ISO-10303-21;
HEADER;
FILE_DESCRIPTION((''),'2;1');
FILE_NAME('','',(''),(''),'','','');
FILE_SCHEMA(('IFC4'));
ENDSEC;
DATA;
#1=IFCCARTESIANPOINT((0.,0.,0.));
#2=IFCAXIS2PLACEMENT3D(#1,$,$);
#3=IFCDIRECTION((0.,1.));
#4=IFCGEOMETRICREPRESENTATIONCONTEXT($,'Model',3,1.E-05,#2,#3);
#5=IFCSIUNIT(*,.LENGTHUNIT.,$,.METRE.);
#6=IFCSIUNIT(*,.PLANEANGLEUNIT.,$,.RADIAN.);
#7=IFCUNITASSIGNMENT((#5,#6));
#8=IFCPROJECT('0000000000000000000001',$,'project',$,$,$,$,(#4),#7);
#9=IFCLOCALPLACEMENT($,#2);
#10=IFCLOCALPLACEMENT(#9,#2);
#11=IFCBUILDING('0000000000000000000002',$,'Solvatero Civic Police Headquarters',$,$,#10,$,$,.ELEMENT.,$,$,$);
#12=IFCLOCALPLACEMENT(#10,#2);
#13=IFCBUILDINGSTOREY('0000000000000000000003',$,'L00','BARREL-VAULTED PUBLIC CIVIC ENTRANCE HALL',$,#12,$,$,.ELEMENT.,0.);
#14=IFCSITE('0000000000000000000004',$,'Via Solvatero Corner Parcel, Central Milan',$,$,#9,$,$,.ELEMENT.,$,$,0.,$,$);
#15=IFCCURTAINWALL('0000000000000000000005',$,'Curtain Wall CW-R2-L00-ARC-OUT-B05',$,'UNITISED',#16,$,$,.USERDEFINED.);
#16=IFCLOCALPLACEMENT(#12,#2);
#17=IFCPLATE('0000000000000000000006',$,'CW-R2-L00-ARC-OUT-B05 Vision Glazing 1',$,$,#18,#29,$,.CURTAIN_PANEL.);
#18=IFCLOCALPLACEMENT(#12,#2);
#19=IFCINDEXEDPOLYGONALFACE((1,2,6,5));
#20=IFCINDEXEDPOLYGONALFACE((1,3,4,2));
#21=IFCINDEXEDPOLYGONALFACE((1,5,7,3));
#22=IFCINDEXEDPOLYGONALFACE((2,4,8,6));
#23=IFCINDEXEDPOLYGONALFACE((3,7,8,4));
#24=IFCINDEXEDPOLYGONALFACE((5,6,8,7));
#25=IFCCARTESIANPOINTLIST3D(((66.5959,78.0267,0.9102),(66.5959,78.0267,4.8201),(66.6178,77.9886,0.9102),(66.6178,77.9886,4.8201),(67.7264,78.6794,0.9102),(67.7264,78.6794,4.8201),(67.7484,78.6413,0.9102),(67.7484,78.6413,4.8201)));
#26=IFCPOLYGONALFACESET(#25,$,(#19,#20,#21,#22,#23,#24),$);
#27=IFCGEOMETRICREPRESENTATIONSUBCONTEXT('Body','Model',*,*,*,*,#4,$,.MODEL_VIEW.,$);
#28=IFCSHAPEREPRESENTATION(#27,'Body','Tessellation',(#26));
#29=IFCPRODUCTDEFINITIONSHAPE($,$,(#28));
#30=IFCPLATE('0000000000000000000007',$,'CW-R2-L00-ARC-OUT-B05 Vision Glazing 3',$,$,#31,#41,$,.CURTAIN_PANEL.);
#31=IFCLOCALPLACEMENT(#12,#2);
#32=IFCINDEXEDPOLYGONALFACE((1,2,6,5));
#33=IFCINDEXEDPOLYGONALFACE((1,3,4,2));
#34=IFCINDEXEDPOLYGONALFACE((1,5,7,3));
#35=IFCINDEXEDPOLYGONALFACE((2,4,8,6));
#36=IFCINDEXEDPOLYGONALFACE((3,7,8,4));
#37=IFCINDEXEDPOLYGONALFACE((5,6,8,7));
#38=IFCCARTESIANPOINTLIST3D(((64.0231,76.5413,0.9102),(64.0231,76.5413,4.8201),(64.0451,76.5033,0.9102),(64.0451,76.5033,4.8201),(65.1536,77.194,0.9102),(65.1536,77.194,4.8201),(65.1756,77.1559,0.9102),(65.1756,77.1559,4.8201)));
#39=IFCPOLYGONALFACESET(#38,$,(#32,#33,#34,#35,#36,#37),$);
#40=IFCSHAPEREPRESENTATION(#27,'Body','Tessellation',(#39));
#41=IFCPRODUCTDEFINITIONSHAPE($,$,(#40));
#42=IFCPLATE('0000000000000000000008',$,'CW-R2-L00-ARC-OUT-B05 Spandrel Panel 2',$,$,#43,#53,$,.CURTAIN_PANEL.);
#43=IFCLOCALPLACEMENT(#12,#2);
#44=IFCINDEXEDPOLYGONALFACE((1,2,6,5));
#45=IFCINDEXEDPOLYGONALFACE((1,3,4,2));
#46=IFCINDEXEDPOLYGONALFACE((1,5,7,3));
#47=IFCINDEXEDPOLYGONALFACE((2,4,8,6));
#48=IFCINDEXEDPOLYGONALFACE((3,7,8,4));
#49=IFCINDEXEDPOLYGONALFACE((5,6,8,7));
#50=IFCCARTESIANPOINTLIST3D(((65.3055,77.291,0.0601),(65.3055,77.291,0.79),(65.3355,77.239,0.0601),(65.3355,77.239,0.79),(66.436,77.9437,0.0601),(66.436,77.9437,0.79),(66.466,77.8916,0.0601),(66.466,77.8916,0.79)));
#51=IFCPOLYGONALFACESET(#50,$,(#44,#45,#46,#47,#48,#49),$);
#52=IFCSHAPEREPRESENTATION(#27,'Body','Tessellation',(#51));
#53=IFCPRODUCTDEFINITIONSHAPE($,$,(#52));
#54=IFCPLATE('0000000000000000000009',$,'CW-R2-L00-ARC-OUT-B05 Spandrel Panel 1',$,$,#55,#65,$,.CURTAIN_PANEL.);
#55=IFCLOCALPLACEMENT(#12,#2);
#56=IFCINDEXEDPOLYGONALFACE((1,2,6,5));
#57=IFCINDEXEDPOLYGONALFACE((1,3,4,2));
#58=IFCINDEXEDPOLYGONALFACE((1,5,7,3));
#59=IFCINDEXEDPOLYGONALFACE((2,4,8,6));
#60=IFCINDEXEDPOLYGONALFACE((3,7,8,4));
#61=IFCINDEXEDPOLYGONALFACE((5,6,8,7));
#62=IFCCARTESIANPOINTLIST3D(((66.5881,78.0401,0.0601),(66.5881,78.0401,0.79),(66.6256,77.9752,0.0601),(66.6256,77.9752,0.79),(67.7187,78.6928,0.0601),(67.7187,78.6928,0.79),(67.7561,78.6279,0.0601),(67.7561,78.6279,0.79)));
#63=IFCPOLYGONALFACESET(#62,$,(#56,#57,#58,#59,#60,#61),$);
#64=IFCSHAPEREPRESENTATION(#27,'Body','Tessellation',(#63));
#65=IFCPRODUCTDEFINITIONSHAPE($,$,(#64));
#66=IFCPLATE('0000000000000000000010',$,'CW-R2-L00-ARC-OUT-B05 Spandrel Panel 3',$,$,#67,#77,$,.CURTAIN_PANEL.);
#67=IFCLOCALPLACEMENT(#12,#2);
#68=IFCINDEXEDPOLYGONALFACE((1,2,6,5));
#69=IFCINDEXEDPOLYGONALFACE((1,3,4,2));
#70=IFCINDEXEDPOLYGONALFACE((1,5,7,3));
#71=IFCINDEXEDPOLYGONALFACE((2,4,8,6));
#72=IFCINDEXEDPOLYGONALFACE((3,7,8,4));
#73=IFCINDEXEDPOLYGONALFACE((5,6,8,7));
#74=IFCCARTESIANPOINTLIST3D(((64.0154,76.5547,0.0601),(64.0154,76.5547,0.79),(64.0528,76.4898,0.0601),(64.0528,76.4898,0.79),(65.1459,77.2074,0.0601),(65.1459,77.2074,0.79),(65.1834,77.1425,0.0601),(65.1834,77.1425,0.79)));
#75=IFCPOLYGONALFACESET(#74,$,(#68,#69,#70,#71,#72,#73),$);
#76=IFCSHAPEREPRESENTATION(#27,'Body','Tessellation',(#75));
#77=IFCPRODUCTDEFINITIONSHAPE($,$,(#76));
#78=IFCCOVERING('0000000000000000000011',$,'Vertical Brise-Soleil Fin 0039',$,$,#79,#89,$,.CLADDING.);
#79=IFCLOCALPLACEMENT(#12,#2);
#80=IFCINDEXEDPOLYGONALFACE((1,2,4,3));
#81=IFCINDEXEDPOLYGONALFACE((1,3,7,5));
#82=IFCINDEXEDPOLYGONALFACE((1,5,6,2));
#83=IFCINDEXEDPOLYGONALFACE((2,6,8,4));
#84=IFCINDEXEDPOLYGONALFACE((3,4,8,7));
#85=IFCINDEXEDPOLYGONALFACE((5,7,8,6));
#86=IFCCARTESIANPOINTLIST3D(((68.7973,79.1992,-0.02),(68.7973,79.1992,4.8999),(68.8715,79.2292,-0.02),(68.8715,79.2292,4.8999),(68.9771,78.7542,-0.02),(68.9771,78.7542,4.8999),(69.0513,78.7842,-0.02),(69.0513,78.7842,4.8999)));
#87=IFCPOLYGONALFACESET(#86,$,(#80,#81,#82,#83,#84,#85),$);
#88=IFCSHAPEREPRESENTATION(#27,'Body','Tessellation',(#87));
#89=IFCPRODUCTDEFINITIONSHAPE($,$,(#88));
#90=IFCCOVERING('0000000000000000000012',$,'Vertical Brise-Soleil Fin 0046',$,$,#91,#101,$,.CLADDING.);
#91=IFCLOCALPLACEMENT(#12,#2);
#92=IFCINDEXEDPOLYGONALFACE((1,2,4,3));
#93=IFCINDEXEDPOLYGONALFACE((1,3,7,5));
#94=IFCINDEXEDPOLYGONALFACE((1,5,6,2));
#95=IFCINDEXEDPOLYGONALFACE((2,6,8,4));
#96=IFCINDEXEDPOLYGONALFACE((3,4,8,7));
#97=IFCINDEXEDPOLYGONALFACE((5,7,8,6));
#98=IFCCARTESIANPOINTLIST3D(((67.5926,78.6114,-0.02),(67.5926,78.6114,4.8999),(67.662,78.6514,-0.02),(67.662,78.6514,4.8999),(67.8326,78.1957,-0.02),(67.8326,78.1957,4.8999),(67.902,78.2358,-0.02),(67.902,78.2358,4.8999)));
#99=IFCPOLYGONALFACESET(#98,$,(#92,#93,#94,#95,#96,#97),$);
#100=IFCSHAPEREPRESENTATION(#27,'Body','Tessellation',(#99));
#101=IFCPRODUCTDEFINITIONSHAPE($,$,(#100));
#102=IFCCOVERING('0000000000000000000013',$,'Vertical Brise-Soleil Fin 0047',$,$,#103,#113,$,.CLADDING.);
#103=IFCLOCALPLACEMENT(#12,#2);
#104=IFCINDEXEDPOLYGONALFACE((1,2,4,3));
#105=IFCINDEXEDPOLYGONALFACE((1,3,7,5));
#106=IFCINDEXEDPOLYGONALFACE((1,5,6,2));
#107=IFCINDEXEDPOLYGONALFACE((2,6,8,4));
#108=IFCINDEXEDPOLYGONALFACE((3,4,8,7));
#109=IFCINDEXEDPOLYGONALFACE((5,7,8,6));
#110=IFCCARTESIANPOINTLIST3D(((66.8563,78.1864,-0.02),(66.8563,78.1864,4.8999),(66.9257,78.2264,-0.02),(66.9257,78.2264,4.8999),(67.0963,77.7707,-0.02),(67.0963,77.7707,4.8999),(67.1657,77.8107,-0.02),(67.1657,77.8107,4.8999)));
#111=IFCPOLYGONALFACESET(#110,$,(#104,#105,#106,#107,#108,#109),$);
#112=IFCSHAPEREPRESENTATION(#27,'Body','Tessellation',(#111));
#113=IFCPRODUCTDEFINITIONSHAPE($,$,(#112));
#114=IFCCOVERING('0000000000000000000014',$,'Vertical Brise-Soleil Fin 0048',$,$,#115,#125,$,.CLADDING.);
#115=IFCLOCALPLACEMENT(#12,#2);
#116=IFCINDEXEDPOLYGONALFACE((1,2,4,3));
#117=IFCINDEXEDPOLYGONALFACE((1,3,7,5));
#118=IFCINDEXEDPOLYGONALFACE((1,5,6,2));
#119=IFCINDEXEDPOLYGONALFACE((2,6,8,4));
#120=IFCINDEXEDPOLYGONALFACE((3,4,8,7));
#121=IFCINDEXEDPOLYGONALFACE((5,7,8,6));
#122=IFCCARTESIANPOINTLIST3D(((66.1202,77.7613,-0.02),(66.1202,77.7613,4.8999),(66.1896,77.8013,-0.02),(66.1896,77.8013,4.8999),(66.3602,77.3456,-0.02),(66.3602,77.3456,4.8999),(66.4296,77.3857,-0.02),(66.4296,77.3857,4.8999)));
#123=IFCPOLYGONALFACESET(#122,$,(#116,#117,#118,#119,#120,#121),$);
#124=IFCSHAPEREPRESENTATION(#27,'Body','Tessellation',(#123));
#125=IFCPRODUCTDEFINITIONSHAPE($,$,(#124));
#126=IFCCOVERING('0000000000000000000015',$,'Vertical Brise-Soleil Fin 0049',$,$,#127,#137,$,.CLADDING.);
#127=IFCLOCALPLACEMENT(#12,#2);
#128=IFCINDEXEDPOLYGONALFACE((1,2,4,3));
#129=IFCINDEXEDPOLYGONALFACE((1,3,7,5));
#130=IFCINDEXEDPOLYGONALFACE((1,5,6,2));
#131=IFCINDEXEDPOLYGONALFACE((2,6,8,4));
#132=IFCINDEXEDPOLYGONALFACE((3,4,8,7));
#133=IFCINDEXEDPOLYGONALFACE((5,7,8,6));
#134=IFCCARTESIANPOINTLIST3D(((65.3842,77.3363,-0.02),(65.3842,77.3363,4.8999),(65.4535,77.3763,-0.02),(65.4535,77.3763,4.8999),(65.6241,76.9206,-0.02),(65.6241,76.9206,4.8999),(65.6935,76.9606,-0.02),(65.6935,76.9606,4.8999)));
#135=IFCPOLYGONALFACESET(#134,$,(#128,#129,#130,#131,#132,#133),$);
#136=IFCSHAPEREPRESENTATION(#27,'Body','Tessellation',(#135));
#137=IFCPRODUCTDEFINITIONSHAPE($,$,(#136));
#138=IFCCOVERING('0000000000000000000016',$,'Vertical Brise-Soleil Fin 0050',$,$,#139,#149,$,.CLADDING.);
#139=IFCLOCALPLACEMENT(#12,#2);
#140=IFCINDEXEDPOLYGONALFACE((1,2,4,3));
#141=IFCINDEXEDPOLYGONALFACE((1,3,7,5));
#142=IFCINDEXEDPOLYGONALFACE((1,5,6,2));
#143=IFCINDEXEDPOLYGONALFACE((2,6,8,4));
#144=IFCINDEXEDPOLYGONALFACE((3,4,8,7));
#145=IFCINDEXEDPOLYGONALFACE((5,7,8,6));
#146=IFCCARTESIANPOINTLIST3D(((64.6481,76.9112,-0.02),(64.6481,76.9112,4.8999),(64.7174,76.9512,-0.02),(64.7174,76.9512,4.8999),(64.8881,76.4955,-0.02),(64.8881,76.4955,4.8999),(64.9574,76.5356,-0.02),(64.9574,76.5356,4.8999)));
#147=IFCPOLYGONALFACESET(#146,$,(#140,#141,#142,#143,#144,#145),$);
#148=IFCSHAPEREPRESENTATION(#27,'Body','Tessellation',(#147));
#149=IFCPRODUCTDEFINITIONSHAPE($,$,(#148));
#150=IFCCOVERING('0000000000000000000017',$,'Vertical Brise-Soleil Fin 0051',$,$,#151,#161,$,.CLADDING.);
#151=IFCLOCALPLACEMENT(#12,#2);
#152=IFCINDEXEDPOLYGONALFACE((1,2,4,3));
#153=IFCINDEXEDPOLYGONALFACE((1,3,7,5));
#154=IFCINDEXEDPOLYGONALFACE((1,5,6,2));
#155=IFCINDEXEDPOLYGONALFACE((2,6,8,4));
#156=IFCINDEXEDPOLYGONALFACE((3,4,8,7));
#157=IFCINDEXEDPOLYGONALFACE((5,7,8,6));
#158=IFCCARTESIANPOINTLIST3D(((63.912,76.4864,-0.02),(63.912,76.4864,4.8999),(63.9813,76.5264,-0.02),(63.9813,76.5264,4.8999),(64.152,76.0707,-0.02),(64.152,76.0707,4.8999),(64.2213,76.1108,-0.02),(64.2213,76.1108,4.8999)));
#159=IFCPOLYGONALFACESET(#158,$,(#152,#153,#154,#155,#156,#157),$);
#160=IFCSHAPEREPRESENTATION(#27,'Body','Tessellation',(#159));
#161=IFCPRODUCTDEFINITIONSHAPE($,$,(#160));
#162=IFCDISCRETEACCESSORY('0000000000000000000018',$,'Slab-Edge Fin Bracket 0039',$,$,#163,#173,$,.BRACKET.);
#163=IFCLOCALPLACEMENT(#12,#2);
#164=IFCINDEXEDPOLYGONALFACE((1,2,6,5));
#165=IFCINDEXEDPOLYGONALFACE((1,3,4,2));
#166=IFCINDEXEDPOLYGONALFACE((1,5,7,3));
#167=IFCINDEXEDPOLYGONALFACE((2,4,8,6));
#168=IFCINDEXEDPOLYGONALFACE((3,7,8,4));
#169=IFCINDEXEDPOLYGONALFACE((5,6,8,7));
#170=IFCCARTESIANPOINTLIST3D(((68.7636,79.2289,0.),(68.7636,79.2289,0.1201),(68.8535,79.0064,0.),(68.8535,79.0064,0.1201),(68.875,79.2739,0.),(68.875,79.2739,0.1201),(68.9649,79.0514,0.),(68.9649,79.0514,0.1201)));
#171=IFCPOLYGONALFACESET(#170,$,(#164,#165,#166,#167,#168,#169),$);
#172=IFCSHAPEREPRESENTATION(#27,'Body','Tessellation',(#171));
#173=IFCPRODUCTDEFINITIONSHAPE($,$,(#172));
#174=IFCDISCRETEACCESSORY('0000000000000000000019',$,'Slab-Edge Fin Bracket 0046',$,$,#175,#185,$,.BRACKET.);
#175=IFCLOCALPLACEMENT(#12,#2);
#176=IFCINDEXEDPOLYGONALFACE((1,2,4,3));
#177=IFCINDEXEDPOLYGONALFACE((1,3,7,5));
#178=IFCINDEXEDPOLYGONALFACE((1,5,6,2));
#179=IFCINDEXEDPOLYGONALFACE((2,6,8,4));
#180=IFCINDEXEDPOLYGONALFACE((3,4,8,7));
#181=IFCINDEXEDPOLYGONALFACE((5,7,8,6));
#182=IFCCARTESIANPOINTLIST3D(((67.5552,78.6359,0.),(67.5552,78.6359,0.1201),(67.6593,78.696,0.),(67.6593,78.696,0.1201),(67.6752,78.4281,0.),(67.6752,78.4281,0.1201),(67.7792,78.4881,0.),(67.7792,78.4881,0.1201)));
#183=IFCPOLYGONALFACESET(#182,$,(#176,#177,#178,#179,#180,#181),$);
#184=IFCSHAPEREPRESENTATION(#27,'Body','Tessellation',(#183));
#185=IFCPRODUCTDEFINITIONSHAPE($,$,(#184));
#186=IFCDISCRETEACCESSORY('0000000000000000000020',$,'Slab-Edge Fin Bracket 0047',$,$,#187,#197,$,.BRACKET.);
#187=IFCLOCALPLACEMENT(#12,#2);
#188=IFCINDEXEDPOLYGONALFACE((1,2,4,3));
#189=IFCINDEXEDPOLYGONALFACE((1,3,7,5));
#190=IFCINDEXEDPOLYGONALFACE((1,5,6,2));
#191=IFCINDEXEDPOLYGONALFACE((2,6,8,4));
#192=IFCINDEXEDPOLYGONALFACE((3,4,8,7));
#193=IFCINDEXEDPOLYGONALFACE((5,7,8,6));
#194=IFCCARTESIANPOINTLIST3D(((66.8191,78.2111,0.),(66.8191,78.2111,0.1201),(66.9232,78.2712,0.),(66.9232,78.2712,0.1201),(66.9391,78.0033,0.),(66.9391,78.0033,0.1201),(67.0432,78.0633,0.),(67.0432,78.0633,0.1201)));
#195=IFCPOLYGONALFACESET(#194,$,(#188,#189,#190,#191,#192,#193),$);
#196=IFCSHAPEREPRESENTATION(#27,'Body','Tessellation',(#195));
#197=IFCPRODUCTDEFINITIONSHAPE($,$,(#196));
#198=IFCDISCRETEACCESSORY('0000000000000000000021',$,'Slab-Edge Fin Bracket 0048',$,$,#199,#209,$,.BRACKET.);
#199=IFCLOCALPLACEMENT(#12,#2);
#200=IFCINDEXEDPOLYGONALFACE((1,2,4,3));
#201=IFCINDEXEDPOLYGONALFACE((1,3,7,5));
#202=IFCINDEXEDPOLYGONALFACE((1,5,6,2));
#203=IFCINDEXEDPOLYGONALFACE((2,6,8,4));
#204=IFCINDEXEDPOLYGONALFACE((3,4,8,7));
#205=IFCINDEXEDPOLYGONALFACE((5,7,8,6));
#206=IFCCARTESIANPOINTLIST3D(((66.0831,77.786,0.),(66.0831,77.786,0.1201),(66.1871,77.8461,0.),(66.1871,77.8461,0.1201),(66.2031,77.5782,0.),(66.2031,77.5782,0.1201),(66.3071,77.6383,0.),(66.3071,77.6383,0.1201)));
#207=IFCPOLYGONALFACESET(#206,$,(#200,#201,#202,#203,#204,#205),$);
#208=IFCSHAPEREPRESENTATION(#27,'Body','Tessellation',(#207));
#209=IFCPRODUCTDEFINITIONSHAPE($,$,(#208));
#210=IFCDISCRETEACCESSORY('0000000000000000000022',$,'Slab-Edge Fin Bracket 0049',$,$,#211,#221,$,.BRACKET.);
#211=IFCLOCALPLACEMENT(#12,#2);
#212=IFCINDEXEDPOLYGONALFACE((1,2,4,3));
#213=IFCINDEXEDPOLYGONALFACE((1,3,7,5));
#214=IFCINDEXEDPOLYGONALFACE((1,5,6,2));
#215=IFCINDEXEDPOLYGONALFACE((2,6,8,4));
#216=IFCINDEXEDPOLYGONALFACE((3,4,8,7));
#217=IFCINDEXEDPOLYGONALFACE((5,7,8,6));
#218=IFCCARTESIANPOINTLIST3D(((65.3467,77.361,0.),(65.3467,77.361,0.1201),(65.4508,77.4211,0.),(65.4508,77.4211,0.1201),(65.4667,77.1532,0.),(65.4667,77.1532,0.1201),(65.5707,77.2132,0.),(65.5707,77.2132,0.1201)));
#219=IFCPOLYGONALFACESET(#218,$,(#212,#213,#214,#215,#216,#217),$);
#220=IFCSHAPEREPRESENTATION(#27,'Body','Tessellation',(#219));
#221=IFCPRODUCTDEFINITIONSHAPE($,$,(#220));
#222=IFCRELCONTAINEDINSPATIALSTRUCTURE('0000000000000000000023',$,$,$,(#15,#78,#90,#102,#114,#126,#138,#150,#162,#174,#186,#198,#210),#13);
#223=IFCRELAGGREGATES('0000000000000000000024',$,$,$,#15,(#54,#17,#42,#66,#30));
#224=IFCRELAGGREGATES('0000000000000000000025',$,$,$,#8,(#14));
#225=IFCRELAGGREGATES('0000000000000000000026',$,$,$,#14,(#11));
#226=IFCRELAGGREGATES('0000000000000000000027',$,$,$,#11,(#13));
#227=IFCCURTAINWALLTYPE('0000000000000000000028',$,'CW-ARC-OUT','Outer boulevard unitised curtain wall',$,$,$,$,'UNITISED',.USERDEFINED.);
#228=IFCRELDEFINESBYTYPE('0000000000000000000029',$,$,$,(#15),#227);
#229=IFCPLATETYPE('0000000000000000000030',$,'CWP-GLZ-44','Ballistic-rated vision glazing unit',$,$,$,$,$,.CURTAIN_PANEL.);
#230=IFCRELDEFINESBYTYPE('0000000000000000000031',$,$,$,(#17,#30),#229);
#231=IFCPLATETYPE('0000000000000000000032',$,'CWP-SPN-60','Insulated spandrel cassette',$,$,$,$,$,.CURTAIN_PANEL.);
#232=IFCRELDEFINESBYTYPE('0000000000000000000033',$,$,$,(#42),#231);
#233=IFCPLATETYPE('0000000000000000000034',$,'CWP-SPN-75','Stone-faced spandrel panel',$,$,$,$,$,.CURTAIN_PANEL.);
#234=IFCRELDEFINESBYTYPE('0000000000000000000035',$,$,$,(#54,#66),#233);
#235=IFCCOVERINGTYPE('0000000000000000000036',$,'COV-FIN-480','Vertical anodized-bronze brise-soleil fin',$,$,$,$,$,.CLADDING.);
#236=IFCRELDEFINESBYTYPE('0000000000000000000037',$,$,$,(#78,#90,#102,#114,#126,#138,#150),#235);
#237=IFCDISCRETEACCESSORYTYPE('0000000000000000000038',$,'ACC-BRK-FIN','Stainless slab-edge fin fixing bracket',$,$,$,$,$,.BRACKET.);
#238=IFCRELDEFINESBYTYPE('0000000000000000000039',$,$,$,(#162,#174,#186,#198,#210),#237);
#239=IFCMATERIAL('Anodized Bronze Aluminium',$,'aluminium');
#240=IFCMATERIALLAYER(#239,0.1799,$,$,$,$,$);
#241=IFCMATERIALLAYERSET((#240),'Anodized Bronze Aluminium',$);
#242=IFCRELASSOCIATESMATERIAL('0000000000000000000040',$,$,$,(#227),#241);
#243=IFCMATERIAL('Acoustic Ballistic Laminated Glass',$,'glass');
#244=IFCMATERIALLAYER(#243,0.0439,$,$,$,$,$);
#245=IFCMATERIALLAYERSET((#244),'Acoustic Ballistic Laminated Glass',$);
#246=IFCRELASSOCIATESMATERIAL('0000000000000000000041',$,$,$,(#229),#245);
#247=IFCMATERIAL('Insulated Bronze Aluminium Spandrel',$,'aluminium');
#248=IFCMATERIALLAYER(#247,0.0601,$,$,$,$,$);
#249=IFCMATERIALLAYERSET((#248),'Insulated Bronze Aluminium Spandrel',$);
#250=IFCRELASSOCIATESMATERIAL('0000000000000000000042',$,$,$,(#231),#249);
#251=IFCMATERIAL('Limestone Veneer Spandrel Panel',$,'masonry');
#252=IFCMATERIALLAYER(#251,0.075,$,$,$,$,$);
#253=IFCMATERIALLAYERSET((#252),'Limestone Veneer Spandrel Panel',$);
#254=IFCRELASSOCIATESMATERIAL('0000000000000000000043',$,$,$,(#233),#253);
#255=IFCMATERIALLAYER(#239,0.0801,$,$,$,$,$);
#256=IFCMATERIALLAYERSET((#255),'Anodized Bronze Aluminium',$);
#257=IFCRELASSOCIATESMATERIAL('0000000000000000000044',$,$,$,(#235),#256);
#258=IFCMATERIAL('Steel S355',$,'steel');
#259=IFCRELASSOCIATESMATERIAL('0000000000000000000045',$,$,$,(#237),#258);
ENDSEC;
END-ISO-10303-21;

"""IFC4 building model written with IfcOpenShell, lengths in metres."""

from ifc_helpers import new_model, si_unit, direction, frame, origin, origin_2d, place, context, subcontext, project, spatial, rectangle, extrude, material, layer, layer_set, type_object, element, aggregate, save


model = new_model("IFC4")

# Units and contexts
model_context = context("Model", 3, precision=1e-05, world=origin(), true_north=direction((0.0, 1.0)))
body_context = subcontext(model_context, "Body", "Model", "MODEL_VIEW")
ifc_project = project(units=[si_unit("LENGTHUNIT", "METRE"), si_unit("PLANEANGLEUNIT", "RADIAN")], contexts=[model_context])

# Site, building, storey
site_placement = place(None, origin())
site = spatial("IfcSite", under=ifc_project, at=site_placement, Name="Via Solvatero Corner Parcel, Central Milan", CompositionType="ELEMENT", RefElevation=0.0)
building_placement = place(site_placement, origin())
building = spatial("IfcBuilding", under=site, at=building_placement, Name="Solvatero Civic Police Headquarters", CompositionType="ELEMENT")
storey_placement = place(building_placement, origin())
storey = spatial("IfcBuildingStorey", under=building, at=storey_placement, Name="L00", Description="BARREL-VAULTED PUBLIC CIVIC ENTRANCE HALL", CompositionType="ELEMENT", Elevation=0.0)

# Shared definitions
ifc_material_1 = material(Name="Steel S355", Category="steel")

# Shared definitions
ifc_material_2 = material(Name="Anodized Bronze Aluminium", Category="aluminium")
ifc_layer_1 = layer(ifc_material_2, 0.1799)
ifc_layer_set_1 = layer_set([ifc_layer_1], Name="Anodized Bronze Aluminium")
curtain_wall_type = type_object("IfcCurtainWallType", Name="CW-ARC-OUT", Description="Outer boulevard unitised curtain wall", ElementType="UNITISED", PredefinedType="USERDEFINED", material=ifc_layer_set_1)

# Curtain wall, plates
curtain_wall_1_placement = place(storey_placement, origin())
curtain_wall_1 = element("IfcCurtainWall", 1, at=curtain_wall_1_placement, inside=storey, type_object=curtain_wall_type, Name="Curtain Wall CW-R2-L00-ARC-OUT-B05", ObjectType="UNITISED", PredefinedType="USERDEFINED")
ifc_material_3 = material(Name="Acoustic Ballistic Laminated Glass", Category="glass")
ifc_layer_2 = layer(ifc_material_3, 0.0439)
ifc_layer_set_2 = layer_set([ifc_layer_2], Name="Acoustic Ballistic Laminated Glass")
plate_type_1 = type_object("IfcPlateType", Name="CWP-GLZ-44", Description="Ballistic-rated vision glazing unit", PredefinedType="CURTAIN_PANEL", material=ifc_layer_set_2)
plate_1_placement = place(storey_placement, frame((67.1721, 78.334, 0.9102), z_axis=(0.0, 0.0, 1.0), x_axis=(-0.866034, -0.499985, 0.0)))
plate_1 = element("IfcPlate", 2, at=plate_1_placement, type_object=plate_type_1, Name="CW-R2-L00-ARC-OUT-B05 Vision Glazing 1", PredefinedType="CURTAIN_PANEL", context=body_context, shape_type="SweptSolid", body=[
    extrude(rectangle(XDim=1.3054, YDim=0.0439, at=origin_2d()), origin(), (0.0, 0.0, 1.0), 3.9099),
])
plate_2_placement = place(storey_placement, frame((64.5994, 76.8486, 0.9102), z_axis=(0.0, 0.0, 1.0), x_axis=(-0.866034, -0.499985, 0.0)))
plate_2 = element("IfcPlate", 3, at=plate_2_placement, type_object=plate_type_1, Name="CW-R2-L00-ARC-OUT-B05 Vision Glazing 3", PredefinedType="CURTAIN_PANEL", context=body_context, shape_type="SweptSolid", body=[
    extrude(rectangle(XDim=1.3054, YDim=0.0439, at=origin_2d()), origin(), (0.0, 0.0, 1.0), 3.9099),
])
ifc_material_4 = material(Name="Insulated Bronze Aluminium Spandrel", Category="aluminium")
ifc_layer_3 = layer(ifc_material_4, 0.0601)
ifc_layer_set_3 = layer_set([ifc_layer_3], Name="Insulated Bronze Aluminium Spandrel")
plate_type_2 = type_object("IfcPlateType", Name="CWP-SPN-60", Description="Insulated spandrel cassette", PredefinedType="CURTAIN_PANEL", material=ifc_layer_set_3)
plate_3_placement = place(storey_placement, frame((65.8857, 77.5913, 0.0601), z_axis=(0.0, 0.0, 1.0), x_axis=(-0.866034, -0.499985, 0.0)))
plate_3 = element("IfcPlate", 4, at=plate_3_placement, type_object=plate_type_2, Name="CW-R2-L00-ARC-OUT-B05 Spandrel Panel 2", PredefinedType="CURTAIN_PANEL", context=body_context, shape_type="SweptSolid", body=[
    extrude(rectangle(XDim=1.3054, YDim=0.0601, at=origin_2d()), origin(), (0.0, 0.0, 1.0), 0.73),
])
ifc_material_5 = material(Name="Limestone Veneer Spandrel Panel", Category="masonry")
ifc_layer_4 = layer(ifc_material_5, 0.075)
ifc_layer_set_4 = layer_set([ifc_layer_4], Name="Limestone Veneer Spandrel Panel")
plate_type_3 = type_object("IfcPlateType", Name="CWP-SPN-75", Description="Stone-faced spandrel panel", PredefinedType="CURTAIN_PANEL", material=ifc_layer_set_4)
plate_4_placement = place(storey_placement, frame((67.1721, 78.334, 0.0601), z_axis=(0.0, 0.0, 1.0), x_axis=(-0.866034, -0.499985, 0.0)))
plate_4 = element("IfcPlate", 5, at=plate_4_placement, type_object=plate_type_3, Name="CW-R2-L00-ARC-OUT-B05 Spandrel Panel 1", PredefinedType="CURTAIN_PANEL", context=body_context, shape_type="SweptSolid", body=[
    extrude(rectangle(XDim=1.3054, YDim=0.075, at=origin_2d()), origin(), (0.0, 0.0, 1.0), 0.73),
])
plate_5_placement = place(storey_placement, frame((64.5994, 76.8486, 0.0601), z_axis=(0.0, 0.0, 1.0), x_axis=(-0.866034, -0.499985, 0.0)))
plate_5 = element("IfcPlate", 6, at=plate_5_placement, type_object=plate_type_3, Name="CW-R2-L00-ARC-OUT-B05 Spandrel Panel 3", PredefinedType="CURTAIN_PANEL", context=body_context, shape_type="SweptSolid", body=[
    extrude(rectangle(XDim=1.3054, YDim=0.075, at=origin_2d()), origin(), (0.0, 0.0, 1.0), 0.73),
])
aggregate(curtain_wall_1, [plate_4, plate_1, plate_3, plate_5, plate_2])

# Coverings
ifc_layer_5 = layer(ifc_material_2, 0.0801)
ifc_layer_set_5 = layer_set([ifc_layer_5], Name="Anodized Bronze Aluminium")
covering_type = type_object("IfcCoveringType", Name="COV-FIN-480", Description="Vertical anodized-bronze brise-soleil fin", PredefinedType="CLADDING", material=ifc_layer_set_5)
for number, where, z_axis, x_axis, name in (
    (7, (68.9243, 78.9917, -0.02), (0.0, 0.0, 1.0), (-0.927184, -0.374607, 0.0), "Vertical Brise-Soleil Fin 0039"),
    (8, (67.7473, 78.4236, -0.02), (0.0, 0.0, 1.0), (-0.866034, -0.499985, 0.0), "Vertical Brise-Soleil Fin 0046"),
    (9, (67.011, 77.9985, -0.02), (0.0, 0.0, 1.0), (-0.866034, -0.499985, 0.0), "Vertical Brise-Soleil Fin 0047"),
    (10, (66.2749, 77.5735, -0.02), (0.0, 0.0, 1.0), (-0.866034, -0.499985, 0.0), "Vertical Brise-Soleil Fin 0048"),
    (11, (65.5388, 77.1484, -0.02), (0.0, 0.0, 1.0), (-0.866034, -0.499985, 0.0), "Vertical Brise-Soleil Fin 0049"),
    (12, (64.8027, 76.7234, -0.02), (0.0, 0.0, 1.0), (-0.866034, -0.499985, 0.0), "Vertical Brise-Soleil Fin 0050"),
    (13, (64.0667, 76.2986, -0.02), (0.0, 0.0, 1.0), (-0.866034, -0.499985, 0.0), "Vertical Brise-Soleil Fin 0051"),
):
    element("IfcCovering", number, at=place(storey_placement, frame(where, z_axis=z_axis, x_axis=x_axis)), inside=storey, type_object=covering_type, Name=name, PredefinedType="CLADDING", context=body_context, shape_type="SweptSolid", body=[
        extrude(rectangle(XDim=0.0801, YDim=0.48, at=origin_2d()), origin(), (0.0, 0.0, 1.0), 4.9199),
    ])

# Discrete accessories
discrete_accessory_type = type_object("IfcDiscreteAccessoryType", Name="ACC-BRK-FIN", Description="Stainless slab-edge fin fixing bracket", PredefinedType="BRACKET", material=ifc_material_1)
for number, where, z_axis, x_axis, name in (
    (14, (68.8643, 79.1401, 0.0), (0.0, 0.0, 1.0), (-0.927184, -0.374607, 0.0), "Slab-Edge Fin Bracket 0039"),
    (15, (67.6672, 78.562, 0.0), (0.0, 0.0, 1.0), (-0.866034, -0.499985, 0.0), "Slab-Edge Fin Bracket 0046"),
    (16, (66.9312, 78.1372, 0.0), (0.0, 0.0, 1.0), (-0.866034, -0.499985, 0.0), "Slab-Edge Fin Bracket 0047"),
    (17, (66.1951, 77.7122, 0.0), (0.0, 0.0, 1.0), (-0.866034, -0.499985, 0.0), "Slab-Edge Fin Bracket 0048"),
    (18, (65.4587, 77.2871, 0.0), (0.0, 0.0, 1.0), (-0.866034, -0.499985, 0.0), "Slab-Edge Fin Bracket 0049"),
):
    element("IfcDiscreteAccessory", number, at=place(storey_placement, frame(where, z_axis=z_axis, x_axis=x_axis)), inside=storey, type_object=discrete_accessory_type, Name=name, PredefinedType="BRACKET", context=body_context, shape_type="SweptSolid", body=[
        extrude(rectangle(XDim=0.1201, YDim=0.24, at=origin_2d()), origin(), (0.0, 0.0, 1.0), 0.1201),
    ])

save(model, "model.ifc")
